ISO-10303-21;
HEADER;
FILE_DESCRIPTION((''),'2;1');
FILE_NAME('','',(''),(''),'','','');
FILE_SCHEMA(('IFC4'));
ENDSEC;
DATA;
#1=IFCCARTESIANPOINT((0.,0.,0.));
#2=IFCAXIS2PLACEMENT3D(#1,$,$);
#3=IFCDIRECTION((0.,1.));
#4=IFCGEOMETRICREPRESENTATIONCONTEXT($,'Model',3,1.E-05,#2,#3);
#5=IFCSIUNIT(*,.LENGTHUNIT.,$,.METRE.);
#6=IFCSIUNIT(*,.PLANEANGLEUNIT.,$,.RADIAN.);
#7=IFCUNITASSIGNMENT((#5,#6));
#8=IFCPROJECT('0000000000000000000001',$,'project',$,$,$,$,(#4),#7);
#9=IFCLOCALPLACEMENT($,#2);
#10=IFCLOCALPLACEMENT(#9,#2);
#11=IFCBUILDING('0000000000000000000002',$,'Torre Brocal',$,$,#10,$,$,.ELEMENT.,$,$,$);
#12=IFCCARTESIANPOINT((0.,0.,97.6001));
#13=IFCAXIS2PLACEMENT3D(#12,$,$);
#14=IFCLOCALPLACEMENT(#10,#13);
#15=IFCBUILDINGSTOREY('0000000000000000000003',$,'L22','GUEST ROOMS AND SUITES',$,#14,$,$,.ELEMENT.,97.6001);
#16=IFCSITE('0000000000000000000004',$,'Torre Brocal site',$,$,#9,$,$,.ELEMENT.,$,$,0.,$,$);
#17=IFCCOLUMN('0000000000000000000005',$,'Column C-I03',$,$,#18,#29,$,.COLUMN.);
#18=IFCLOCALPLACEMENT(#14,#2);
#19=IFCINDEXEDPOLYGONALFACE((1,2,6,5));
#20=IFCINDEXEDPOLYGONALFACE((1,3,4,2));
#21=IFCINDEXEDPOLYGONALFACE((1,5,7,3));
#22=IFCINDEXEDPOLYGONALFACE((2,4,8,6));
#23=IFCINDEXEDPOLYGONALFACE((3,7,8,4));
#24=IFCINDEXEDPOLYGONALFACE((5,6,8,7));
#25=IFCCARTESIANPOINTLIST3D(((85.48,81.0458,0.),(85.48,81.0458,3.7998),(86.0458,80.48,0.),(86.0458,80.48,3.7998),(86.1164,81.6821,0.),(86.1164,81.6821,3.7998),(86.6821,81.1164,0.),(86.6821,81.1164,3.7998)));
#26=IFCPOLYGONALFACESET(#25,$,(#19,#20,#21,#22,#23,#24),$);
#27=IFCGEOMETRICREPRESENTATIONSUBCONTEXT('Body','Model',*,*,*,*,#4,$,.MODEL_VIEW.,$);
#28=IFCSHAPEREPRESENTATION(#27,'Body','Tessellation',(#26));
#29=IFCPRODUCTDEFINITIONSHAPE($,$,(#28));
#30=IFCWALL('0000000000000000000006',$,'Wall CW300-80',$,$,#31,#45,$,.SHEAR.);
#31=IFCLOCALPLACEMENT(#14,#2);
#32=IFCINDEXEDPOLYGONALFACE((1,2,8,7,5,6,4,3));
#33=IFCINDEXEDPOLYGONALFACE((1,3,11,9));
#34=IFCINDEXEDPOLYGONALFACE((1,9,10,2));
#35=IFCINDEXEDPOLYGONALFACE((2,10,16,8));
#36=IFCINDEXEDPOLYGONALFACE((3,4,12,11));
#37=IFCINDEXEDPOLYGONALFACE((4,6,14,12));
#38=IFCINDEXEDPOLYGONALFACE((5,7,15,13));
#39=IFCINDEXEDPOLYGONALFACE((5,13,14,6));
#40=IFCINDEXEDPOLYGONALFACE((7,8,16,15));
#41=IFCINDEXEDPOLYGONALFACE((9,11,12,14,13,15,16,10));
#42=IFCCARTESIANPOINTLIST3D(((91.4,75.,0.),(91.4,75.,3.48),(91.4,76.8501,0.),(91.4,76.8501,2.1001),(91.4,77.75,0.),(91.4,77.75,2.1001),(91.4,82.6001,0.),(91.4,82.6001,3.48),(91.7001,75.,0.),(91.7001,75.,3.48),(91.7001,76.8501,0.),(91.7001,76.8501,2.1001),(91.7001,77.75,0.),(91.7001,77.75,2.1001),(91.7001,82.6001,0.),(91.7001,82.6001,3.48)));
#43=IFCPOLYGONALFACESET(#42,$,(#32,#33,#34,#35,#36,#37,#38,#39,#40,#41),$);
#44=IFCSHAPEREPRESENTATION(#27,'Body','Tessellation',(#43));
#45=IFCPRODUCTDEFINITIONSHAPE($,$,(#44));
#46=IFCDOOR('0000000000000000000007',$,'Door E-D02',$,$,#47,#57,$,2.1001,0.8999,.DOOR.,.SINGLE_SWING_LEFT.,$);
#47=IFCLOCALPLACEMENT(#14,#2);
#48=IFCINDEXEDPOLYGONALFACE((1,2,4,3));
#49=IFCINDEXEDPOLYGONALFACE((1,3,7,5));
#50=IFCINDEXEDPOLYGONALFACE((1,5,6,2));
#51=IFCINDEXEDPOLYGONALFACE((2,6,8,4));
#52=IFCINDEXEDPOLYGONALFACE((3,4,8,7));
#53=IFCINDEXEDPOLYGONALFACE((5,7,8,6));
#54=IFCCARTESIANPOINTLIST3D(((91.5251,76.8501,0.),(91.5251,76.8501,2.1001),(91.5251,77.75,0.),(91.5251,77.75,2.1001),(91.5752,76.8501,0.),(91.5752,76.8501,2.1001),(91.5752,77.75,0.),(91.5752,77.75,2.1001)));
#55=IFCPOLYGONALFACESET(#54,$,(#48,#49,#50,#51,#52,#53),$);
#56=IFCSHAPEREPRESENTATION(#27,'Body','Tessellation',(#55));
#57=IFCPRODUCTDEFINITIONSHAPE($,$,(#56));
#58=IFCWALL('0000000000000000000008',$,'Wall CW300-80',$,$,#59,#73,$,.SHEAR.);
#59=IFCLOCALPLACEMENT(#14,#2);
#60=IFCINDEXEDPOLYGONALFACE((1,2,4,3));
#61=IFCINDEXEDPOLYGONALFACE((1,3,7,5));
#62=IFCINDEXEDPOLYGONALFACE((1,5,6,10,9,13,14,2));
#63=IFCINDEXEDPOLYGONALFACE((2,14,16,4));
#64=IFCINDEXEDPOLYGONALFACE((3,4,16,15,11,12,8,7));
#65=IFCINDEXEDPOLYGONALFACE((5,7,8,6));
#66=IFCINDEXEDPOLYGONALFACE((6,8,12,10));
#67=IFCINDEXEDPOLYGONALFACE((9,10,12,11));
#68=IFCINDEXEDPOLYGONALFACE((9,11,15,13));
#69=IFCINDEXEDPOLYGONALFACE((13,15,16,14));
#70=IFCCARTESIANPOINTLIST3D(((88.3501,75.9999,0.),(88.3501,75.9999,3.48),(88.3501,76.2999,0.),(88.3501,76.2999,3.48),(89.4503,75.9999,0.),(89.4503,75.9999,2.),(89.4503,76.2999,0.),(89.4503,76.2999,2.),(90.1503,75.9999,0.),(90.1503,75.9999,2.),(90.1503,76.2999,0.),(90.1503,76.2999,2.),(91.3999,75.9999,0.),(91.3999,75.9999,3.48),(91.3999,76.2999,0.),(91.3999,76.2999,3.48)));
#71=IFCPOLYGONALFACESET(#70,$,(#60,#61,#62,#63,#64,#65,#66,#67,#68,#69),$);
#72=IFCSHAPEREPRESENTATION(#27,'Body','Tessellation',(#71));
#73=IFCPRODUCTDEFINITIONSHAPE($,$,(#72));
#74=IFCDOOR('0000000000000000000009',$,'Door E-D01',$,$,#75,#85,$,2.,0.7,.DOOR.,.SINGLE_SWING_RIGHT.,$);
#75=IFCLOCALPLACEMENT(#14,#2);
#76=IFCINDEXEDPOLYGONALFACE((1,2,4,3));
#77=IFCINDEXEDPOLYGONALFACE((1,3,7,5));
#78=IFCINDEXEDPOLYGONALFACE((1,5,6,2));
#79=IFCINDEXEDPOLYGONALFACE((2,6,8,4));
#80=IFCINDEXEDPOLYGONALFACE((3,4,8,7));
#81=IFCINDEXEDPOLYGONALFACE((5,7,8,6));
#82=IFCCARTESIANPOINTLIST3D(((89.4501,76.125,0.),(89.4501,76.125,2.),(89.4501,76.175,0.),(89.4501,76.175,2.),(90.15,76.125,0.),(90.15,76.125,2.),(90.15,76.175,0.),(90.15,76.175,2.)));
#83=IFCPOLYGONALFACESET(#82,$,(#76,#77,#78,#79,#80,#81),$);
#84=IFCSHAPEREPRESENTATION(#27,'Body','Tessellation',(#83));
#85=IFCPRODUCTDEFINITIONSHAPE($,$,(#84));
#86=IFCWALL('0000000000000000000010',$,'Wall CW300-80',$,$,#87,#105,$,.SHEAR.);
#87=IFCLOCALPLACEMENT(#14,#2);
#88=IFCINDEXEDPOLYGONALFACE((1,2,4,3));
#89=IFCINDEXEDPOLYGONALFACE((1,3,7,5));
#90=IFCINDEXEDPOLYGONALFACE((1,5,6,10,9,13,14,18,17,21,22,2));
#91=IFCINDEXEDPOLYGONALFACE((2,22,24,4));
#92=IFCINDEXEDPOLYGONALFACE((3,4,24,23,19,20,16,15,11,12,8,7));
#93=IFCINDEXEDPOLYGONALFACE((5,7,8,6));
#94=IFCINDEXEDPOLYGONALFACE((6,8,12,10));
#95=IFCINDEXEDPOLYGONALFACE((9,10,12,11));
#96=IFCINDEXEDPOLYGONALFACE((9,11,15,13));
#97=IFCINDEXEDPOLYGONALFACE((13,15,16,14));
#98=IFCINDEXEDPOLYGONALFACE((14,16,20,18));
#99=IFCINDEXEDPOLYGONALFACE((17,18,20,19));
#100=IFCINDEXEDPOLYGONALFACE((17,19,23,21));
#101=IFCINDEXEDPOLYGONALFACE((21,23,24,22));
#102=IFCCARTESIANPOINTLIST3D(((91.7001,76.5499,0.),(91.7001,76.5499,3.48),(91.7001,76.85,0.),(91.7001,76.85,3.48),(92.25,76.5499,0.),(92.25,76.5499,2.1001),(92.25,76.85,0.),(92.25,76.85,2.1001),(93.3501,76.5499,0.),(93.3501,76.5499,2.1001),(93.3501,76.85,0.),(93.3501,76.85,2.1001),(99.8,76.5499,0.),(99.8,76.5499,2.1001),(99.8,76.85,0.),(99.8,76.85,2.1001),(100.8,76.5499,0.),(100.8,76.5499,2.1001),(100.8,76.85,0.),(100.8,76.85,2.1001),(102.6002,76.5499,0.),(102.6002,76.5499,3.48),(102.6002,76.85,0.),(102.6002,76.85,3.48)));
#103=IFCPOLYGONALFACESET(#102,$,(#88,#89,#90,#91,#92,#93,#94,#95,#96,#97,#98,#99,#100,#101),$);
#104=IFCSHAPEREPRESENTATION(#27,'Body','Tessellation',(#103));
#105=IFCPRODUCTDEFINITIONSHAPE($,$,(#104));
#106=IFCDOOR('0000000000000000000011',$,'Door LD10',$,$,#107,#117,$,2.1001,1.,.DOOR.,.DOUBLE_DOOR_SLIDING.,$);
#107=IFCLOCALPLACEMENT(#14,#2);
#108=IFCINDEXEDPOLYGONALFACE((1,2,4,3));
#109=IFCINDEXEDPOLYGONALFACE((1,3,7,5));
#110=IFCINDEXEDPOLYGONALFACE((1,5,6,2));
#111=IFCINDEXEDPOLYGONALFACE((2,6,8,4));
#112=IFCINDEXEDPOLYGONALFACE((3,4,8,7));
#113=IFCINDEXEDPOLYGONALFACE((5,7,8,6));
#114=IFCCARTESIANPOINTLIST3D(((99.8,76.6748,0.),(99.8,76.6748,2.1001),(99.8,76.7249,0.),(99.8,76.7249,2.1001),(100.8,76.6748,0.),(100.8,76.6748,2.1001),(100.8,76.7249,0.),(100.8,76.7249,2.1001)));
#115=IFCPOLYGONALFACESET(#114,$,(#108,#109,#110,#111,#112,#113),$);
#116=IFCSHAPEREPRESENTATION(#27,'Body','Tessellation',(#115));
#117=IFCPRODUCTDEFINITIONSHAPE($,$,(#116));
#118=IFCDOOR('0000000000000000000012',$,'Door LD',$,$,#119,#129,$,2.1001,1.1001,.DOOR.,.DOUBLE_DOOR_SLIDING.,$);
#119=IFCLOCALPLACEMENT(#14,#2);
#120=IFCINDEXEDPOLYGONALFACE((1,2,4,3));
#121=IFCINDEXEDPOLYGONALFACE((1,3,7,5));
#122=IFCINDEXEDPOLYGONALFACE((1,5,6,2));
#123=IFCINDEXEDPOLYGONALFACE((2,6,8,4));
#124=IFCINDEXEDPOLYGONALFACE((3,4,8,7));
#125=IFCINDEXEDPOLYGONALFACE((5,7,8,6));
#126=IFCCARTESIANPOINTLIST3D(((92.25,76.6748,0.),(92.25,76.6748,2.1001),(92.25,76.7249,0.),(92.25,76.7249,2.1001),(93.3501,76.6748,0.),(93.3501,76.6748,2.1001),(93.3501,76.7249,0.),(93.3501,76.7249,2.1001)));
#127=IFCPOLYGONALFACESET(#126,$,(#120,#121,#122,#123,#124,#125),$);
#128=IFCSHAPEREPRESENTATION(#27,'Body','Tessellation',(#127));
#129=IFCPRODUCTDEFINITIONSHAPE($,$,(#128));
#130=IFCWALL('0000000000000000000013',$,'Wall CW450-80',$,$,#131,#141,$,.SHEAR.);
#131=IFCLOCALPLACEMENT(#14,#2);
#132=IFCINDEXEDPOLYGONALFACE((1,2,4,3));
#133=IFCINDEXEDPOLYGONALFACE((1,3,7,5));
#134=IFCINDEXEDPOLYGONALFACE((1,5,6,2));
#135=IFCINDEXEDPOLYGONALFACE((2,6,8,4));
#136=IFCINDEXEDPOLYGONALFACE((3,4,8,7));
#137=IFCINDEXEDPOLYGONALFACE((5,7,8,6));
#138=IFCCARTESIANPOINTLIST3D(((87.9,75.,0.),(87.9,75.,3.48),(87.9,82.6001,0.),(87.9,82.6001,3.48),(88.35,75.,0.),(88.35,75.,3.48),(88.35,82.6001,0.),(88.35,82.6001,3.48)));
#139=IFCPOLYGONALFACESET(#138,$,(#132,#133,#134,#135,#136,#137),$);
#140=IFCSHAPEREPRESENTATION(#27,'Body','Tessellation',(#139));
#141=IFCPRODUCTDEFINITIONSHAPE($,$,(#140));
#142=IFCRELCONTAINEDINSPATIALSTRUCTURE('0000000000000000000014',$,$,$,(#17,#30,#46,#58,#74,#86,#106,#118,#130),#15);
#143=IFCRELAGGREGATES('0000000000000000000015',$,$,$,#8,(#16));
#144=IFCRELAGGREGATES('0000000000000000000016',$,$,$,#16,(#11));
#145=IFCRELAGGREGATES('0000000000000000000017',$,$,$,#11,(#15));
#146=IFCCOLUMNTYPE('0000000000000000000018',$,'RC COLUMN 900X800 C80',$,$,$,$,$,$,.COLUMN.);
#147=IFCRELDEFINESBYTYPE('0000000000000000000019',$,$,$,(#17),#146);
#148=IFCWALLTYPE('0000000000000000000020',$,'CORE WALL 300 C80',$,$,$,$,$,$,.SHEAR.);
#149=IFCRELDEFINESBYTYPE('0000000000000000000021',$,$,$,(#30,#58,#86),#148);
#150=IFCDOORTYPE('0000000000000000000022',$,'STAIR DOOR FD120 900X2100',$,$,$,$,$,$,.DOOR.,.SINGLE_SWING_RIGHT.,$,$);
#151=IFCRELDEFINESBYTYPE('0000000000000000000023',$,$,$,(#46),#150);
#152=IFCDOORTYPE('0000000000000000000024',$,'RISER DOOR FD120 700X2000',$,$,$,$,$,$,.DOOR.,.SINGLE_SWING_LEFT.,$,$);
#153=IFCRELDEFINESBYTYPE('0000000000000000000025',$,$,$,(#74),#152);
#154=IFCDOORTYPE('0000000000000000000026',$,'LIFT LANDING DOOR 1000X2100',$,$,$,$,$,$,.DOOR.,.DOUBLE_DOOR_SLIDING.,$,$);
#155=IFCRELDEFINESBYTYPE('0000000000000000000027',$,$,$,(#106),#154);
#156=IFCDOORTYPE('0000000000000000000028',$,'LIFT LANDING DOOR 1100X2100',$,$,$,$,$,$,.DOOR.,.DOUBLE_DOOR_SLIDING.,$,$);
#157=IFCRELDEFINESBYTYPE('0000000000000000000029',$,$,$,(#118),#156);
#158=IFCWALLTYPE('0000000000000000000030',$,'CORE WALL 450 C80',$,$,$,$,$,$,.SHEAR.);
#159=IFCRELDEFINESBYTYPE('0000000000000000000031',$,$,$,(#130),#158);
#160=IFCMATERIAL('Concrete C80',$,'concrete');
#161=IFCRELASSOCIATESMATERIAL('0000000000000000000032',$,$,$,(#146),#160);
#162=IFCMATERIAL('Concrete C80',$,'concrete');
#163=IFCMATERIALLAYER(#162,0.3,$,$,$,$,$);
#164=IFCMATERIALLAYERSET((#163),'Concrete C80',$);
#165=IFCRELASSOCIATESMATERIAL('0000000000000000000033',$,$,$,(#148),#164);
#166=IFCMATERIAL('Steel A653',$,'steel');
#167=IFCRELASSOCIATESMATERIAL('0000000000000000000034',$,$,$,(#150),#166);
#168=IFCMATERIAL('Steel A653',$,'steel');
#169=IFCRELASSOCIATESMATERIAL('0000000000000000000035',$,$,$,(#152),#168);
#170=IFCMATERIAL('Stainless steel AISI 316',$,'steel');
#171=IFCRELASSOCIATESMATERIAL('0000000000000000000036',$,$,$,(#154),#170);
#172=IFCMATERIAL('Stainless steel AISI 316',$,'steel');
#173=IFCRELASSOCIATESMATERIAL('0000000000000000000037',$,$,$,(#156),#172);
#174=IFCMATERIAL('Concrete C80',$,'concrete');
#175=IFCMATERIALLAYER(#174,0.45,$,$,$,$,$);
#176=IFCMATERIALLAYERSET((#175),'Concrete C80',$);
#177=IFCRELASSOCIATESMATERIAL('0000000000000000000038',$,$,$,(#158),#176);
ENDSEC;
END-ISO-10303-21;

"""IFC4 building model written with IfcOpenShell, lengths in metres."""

from ifc_helpers import new_model, si_unit, direction, frame, frame_2d, origin, origin_2d, place, context, subcontext, project, spatial, rectangle, extrude, material, layer, layer_set, material_profile, profile_set, type_object, element, fill, save


model = new_model("IFC4")

# Units and contexts
model_context = context("Model", 3, precision=1e-05, world=origin(), true_north=direction((0.0, 1.0)))
body_context = subcontext(model_context, "Body", "Model", "MODEL_VIEW")
ifc_project = project(units=[si_unit("LENGTHUNIT", "METRE"), si_unit("PLANEANGLEUNIT", "RADIAN")], contexts=[model_context])

# Site, building, storey
site_placement = place(None, origin())
site = spatial("IfcSite", under=ifc_project, at=site_placement, Name="Torre Brocal site", CompositionType="ELEMENT", RefElevation=0.0)
building_placement = place(site_placement, origin())
building = spatial("IfcBuilding", under=site, at=building_placement, Name="Torre Brocal", CompositionType="ELEMENT")
storey_placement = place(building_placement, frame((0.0, 0.0, 97.6001)))
storey = spatial("IfcBuildingStorey", under=building, at=storey_placement, Name="L22", Description="GUEST ROOMS AND SUITES", CompositionType="ELEMENT", Elevation=97.6001)

# Column
ifc_material_1 = material(Name="Concrete C80", Category="concrete")
ifc_material_profile = material_profile(ifc_material_1, rectangle(XDim=0.8999, YDim=0.8, at=origin_2d()), Name="RC 900X800")
ifc_profile_set = profile_set([ifc_material_profile], Name="Concrete C80")
column_type = type_object("IfcColumnType", Name="RC COLUMN 900X800 C80", PredefinedType="COLUMN", material=ifc_profile_set)
column_placement = place(storey_placement, frame((86.0811, 81.0811, 0.0), z_axis=(0.0, 0.0, 1.0), x_axis=(0.707107, 0.707107, 0.0)))
element("IfcColumn", 1, at=column_placement, inside=storey, type_object=column_type, Name="Column C-I03", PredefinedType="COLUMN", context=body_context, shape_type="SweptSolid", body=[
    extrude(rectangle(XDim=0.8999, YDim=0.8, at=origin_2d()), origin(), (0.0, 0.0, 1.0), 3.7998),
])

# Walls, openings, doors
ifc_material_2 = material(Name="Concrete C80", Category="concrete")
ifc_layer_1 = layer(ifc_material_2, 0.3)
ifc_layer_set_1 = layer_set([ifc_layer_1], Name="Concrete C80")
wall_type_1 = type_object("IfcWallType", Name="CORE WALL 300 C80", PredefinedType="SHEAR", material=ifc_layer_set_1)
wall_1_placement = place(storey_placement, frame((91.55, 75.0, 0.0), z_axis=(0.0, 0.0, 1.0), x_axis=(0.0, 1.0, 0.0)))
wall_1 = element("IfcWall", 2, at=wall_1_placement, inside=storey, type_object=wall_type_1, Name="Wall CW300-80", PredefinedType="SHEAR", context=body_context, shape_type="SweptSolid", body=[
    extrude(rectangle(XDim=7.6001, YDim=0.3, at=frame_2d((3.8, 0.0))), origin(), (0.0, 0.0, 1.0), 3.48),
])
opening_1_placement = place(wall_1_placement, frame((1.8501, 0.0, 0.0)))
opening_1 = element("IfcOpeningElement", 3, at=opening_1_placement, cuts=wall_1, PredefinedType="OPENING", context=body_context, shape_type="SweptSolid", body=[
    extrude(rectangle(XDim=0.8999, YDim=2.1001, at=frame_2d((0.45, 1.05))), frame((0.0, 0.1599, 0.0), z_axis=(0.0, -1.0, 0.0), x_axis=(1.0, 0.0, 0.0)), (0.0, 0.0, 1.0), 0.3201),
])
ifc_material_3 = material(Name="Steel A653", Category="steel")
door_type_1 = type_object("IfcDoorType", Name="STAIR DOOR FD120 900X2100", OperationType="SINGLE_SWING_RIGHT", PredefinedType="DOOR", material=ifc_material_3)
door_1_placement = place(opening_1_placement, origin())
door_1 = element("IfcDoor", 4, at=door_1_placement, inside=storey, type_object=door_type_1, Name="Door E-D02", OperationType="SINGLE_SWING_LEFT", OverallHeight=2.1001, OverallWidth=0.8999, PredefinedType="DOOR", context=body_context, shape_type="SweptSolid", body=[
    extrude(rectangle(XDim=0.8999, YDim=2.1001, at=frame_2d((0.45, 1.05))), frame((0.0, 0.0249, 0.0), z_axis=(0.0, -1.0, 0.0), x_axis=(1.0, 0.0, 0.0)), (0.0, 0.0, 1.0), 0.05),
])
fill(opening_1, door_1)
wall_2_placement = place(storey_placement, frame((88.3501, 76.1499, 0.0), z_axis=(0.0, 0.0, 1.0), x_axis=(1.0, 0.0, 0.0)))
wall_2 = element("IfcWall", 5, at=wall_2_placement, inside=storey, type_object=wall_type_1, Name="Wall CW300-80", PredefinedType="SHEAR", context=body_context, shape_type="SweptSolid", body=[
    extrude(rectangle(XDim=3.0498, YDim=0.3, at=frame_2d((1.5249, 0.0))), origin(), (0.0, 0.0, 1.0), 3.48),
])
opening_2_placement = place(wall_2_placement, frame((1.1001, 0.0, 0.0)))
opening_2 = element("IfcOpeningElement", 6, at=opening_2_placement, cuts=wall_2, PredefinedType="OPENING", context=body_context, shape_type="SweptSolid", body=[
    extrude(rectangle(XDim=0.7, YDim=2.0, at=frame_2d((0.3501, 1.0))), frame((0.0, 0.1599, 0.0), z_axis=(0.0, -1.0, 0.0), x_axis=(1.0, 0.0, 0.0)), (0.0, 0.0, 1.0), 0.3201),
])
ifc_material_4 = material(Name="Steel A653", Category="steel")
door_type_2 = type_object("IfcDoorType", Name="RISER DOOR FD120 700X2000", OperationType="SINGLE_SWING_LEFT", PredefinedType="DOOR", material=ifc_material_4)
door_2_placement = place(opening_2_placement, frame((0.7, 0.0, 0.0), z_axis=(0.0, 0.0, 1.0), x_axis=(-1.0, 0.0, 0.0)))
door_2 = element("IfcDoor", 7, at=door_2_placement, inside=storey, type_object=door_type_2, Name="Door E-D01", OperationType="SINGLE_SWING_RIGHT", OverallHeight=2.0, OverallWidth=0.7, PredefinedType="DOOR", context=body_context, shape_type="SweptSolid", body=[
    extrude(rectangle(XDim=0.7, YDim=2.0, at=frame_2d((0.3501, 1.0))), frame((0.0, 0.0249, 0.0), z_axis=(0.0, -1.0, 0.0), x_axis=(1.0, 0.0, 0.0)), (0.0, 0.0, 1.0), 0.05),
])
fill(opening_2, door_2)

# Wall, openings, doors
wall_3_placement = place(storey_placement, frame((91.7, 76.7, 0.0), z_axis=(0.0, 0.0, 1.0), x_axis=(1.0, 0.0, 0.0)))
wall_3 = element("IfcWall", 8, at=wall_3_placement, inside=storey, type_object=wall_type_1, Name="Wall CW300-80", PredefinedType="SHEAR", context=body_context, shape_type="SweptSolid", body=[
    extrude(rectangle(XDim=10.9001, YDim=0.3, at=frame_2d((5.4502, 0.0))), origin(), (0.0, 0.0, 1.0), 3.48),
])
opening_3_placement = place(wall_3_placement, frame((0.55, 0.0, 0.0)))
opening_3 = element("IfcOpeningElement", 9, at=opening_3_placement, cuts=wall_3, PredefinedType="OPENING", context=body_context, shape_type="SweptSolid", body=[
    extrude(rectangle(XDim=1.1001, YDim=2.1001, at=frame_2d((0.55, 1.05))), frame((0.0, 0.1599, 0.0), z_axis=(0.0, -1.0, 0.0), x_axis=(1.0, 0.0, 0.0)), (0.0, 0.0, 1.0), 0.3201),
])
opening_4_placement = place(wall_3_placement, frame((8.1001, 0.0, 0.0)))
opening_4 = element("IfcOpeningElement", 10, at=opening_4_placement, cuts=wall_3, PredefinedType="OPENING", context=body_context, shape_type="SweptSolid", body=[
    extrude(rectangle(XDim=1.0, YDim=2.1001, at=frame_2d((0.5, 1.05))), frame((0.0, 0.1599, 0.0), z_axis=(0.0, -1.0, 0.0), x_axis=(1.0, 0.0, 0.0)), (0.0, 0.0, 1.0), 0.3201),
])
ifc_material_5 = material(Name="Stainless steel AISI 316", Category="steel")
door_type_3 = type_object("IfcDoorType", Name="LIFT LANDING DOOR 1000X2100", OperationType="DOUBLE_DOOR_SLIDING", PredefinedType="DOOR", material=ifc_material_5)
door_3_placement = place(opening_4_placement, origin())
door_3 = element("IfcDoor", 11, at=door_3_placement, inside=storey, type_object=door_type_3, Name="Door LD10", OperationType="DOUBLE_DOOR_SLIDING", OverallHeight=2.1001, OverallWidth=1.0, PredefinedType="DOOR", context=body_context, shape_type="SweptSolid", body=[
    extrude(rectangle(XDim=1.0, YDim=2.1001, at=frame_2d((0.5, 1.05))), frame((0.0, 0.0249, 0.0), z_axis=(0.0, -1.0, 0.0), x_axis=(1.0, 0.0, 0.0)), (0.0, 0.0, 1.0), 0.05),
])
fill(opening_4, door_3)
ifc_material_6 = material(Name="Stainless steel AISI 316", Category="steel")
door_type_4 = type_object("IfcDoorType", Name="LIFT LANDING DOOR 1100X2100", OperationType="DOUBLE_DOOR_SLIDING", PredefinedType="DOOR", material=ifc_material_6)
door_4_placement = place(opening_3_placement, origin())
door_4 = element("IfcDoor", 12, at=door_4_placement, inside=storey, type_object=door_type_4, Name="Door LD", OperationType="DOUBLE_DOOR_SLIDING", OverallHeight=2.1001, OverallWidth=1.1001, PredefinedType="DOOR", context=body_context, shape_type="SweptSolid", body=[
    extrude(rectangle(XDim=1.1001, YDim=2.1001, at=frame_2d((0.55, 1.05))), frame((0.0, 0.0249, 0.0), z_axis=(0.0, -1.0, 0.0), x_axis=(1.0, 0.0, 0.0)), (0.0, 0.0, 1.0), 0.05),
])
fill(opening_3, door_4)

# Wall
ifc_material_7 = material(Name="Concrete C80", Category="concrete")
ifc_layer_2 = layer(ifc_material_7, 0.45)
ifc_layer_set_2 = layer_set([ifc_layer_2], Name="Concrete C80")
wall_type_2 = type_object("IfcWallType", Name="CORE WALL 450 C80", PredefinedType="SHEAR", material=ifc_layer_set_2)
wall_4_placement = place(storey_placement, frame((88.125, 75.0, 0.0), z_axis=(0.0, 0.0, 1.0), x_axis=(0.0, 1.0, 0.0)))
element("IfcWall", 13, at=wall_4_placement, inside=storey, type_object=wall_type_2, Name="Wall CW450-80", PredefinedType="SHEAR", context=body_context, shape_type="SweptSolid", body=[
    extrude(rectangle(XDim=7.6001, YDim=0.45, at=frame_2d((3.8, 0.0))), origin(), (0.0, 0.0, 1.0), 3.48),
])

save(model, "model.ifc")
